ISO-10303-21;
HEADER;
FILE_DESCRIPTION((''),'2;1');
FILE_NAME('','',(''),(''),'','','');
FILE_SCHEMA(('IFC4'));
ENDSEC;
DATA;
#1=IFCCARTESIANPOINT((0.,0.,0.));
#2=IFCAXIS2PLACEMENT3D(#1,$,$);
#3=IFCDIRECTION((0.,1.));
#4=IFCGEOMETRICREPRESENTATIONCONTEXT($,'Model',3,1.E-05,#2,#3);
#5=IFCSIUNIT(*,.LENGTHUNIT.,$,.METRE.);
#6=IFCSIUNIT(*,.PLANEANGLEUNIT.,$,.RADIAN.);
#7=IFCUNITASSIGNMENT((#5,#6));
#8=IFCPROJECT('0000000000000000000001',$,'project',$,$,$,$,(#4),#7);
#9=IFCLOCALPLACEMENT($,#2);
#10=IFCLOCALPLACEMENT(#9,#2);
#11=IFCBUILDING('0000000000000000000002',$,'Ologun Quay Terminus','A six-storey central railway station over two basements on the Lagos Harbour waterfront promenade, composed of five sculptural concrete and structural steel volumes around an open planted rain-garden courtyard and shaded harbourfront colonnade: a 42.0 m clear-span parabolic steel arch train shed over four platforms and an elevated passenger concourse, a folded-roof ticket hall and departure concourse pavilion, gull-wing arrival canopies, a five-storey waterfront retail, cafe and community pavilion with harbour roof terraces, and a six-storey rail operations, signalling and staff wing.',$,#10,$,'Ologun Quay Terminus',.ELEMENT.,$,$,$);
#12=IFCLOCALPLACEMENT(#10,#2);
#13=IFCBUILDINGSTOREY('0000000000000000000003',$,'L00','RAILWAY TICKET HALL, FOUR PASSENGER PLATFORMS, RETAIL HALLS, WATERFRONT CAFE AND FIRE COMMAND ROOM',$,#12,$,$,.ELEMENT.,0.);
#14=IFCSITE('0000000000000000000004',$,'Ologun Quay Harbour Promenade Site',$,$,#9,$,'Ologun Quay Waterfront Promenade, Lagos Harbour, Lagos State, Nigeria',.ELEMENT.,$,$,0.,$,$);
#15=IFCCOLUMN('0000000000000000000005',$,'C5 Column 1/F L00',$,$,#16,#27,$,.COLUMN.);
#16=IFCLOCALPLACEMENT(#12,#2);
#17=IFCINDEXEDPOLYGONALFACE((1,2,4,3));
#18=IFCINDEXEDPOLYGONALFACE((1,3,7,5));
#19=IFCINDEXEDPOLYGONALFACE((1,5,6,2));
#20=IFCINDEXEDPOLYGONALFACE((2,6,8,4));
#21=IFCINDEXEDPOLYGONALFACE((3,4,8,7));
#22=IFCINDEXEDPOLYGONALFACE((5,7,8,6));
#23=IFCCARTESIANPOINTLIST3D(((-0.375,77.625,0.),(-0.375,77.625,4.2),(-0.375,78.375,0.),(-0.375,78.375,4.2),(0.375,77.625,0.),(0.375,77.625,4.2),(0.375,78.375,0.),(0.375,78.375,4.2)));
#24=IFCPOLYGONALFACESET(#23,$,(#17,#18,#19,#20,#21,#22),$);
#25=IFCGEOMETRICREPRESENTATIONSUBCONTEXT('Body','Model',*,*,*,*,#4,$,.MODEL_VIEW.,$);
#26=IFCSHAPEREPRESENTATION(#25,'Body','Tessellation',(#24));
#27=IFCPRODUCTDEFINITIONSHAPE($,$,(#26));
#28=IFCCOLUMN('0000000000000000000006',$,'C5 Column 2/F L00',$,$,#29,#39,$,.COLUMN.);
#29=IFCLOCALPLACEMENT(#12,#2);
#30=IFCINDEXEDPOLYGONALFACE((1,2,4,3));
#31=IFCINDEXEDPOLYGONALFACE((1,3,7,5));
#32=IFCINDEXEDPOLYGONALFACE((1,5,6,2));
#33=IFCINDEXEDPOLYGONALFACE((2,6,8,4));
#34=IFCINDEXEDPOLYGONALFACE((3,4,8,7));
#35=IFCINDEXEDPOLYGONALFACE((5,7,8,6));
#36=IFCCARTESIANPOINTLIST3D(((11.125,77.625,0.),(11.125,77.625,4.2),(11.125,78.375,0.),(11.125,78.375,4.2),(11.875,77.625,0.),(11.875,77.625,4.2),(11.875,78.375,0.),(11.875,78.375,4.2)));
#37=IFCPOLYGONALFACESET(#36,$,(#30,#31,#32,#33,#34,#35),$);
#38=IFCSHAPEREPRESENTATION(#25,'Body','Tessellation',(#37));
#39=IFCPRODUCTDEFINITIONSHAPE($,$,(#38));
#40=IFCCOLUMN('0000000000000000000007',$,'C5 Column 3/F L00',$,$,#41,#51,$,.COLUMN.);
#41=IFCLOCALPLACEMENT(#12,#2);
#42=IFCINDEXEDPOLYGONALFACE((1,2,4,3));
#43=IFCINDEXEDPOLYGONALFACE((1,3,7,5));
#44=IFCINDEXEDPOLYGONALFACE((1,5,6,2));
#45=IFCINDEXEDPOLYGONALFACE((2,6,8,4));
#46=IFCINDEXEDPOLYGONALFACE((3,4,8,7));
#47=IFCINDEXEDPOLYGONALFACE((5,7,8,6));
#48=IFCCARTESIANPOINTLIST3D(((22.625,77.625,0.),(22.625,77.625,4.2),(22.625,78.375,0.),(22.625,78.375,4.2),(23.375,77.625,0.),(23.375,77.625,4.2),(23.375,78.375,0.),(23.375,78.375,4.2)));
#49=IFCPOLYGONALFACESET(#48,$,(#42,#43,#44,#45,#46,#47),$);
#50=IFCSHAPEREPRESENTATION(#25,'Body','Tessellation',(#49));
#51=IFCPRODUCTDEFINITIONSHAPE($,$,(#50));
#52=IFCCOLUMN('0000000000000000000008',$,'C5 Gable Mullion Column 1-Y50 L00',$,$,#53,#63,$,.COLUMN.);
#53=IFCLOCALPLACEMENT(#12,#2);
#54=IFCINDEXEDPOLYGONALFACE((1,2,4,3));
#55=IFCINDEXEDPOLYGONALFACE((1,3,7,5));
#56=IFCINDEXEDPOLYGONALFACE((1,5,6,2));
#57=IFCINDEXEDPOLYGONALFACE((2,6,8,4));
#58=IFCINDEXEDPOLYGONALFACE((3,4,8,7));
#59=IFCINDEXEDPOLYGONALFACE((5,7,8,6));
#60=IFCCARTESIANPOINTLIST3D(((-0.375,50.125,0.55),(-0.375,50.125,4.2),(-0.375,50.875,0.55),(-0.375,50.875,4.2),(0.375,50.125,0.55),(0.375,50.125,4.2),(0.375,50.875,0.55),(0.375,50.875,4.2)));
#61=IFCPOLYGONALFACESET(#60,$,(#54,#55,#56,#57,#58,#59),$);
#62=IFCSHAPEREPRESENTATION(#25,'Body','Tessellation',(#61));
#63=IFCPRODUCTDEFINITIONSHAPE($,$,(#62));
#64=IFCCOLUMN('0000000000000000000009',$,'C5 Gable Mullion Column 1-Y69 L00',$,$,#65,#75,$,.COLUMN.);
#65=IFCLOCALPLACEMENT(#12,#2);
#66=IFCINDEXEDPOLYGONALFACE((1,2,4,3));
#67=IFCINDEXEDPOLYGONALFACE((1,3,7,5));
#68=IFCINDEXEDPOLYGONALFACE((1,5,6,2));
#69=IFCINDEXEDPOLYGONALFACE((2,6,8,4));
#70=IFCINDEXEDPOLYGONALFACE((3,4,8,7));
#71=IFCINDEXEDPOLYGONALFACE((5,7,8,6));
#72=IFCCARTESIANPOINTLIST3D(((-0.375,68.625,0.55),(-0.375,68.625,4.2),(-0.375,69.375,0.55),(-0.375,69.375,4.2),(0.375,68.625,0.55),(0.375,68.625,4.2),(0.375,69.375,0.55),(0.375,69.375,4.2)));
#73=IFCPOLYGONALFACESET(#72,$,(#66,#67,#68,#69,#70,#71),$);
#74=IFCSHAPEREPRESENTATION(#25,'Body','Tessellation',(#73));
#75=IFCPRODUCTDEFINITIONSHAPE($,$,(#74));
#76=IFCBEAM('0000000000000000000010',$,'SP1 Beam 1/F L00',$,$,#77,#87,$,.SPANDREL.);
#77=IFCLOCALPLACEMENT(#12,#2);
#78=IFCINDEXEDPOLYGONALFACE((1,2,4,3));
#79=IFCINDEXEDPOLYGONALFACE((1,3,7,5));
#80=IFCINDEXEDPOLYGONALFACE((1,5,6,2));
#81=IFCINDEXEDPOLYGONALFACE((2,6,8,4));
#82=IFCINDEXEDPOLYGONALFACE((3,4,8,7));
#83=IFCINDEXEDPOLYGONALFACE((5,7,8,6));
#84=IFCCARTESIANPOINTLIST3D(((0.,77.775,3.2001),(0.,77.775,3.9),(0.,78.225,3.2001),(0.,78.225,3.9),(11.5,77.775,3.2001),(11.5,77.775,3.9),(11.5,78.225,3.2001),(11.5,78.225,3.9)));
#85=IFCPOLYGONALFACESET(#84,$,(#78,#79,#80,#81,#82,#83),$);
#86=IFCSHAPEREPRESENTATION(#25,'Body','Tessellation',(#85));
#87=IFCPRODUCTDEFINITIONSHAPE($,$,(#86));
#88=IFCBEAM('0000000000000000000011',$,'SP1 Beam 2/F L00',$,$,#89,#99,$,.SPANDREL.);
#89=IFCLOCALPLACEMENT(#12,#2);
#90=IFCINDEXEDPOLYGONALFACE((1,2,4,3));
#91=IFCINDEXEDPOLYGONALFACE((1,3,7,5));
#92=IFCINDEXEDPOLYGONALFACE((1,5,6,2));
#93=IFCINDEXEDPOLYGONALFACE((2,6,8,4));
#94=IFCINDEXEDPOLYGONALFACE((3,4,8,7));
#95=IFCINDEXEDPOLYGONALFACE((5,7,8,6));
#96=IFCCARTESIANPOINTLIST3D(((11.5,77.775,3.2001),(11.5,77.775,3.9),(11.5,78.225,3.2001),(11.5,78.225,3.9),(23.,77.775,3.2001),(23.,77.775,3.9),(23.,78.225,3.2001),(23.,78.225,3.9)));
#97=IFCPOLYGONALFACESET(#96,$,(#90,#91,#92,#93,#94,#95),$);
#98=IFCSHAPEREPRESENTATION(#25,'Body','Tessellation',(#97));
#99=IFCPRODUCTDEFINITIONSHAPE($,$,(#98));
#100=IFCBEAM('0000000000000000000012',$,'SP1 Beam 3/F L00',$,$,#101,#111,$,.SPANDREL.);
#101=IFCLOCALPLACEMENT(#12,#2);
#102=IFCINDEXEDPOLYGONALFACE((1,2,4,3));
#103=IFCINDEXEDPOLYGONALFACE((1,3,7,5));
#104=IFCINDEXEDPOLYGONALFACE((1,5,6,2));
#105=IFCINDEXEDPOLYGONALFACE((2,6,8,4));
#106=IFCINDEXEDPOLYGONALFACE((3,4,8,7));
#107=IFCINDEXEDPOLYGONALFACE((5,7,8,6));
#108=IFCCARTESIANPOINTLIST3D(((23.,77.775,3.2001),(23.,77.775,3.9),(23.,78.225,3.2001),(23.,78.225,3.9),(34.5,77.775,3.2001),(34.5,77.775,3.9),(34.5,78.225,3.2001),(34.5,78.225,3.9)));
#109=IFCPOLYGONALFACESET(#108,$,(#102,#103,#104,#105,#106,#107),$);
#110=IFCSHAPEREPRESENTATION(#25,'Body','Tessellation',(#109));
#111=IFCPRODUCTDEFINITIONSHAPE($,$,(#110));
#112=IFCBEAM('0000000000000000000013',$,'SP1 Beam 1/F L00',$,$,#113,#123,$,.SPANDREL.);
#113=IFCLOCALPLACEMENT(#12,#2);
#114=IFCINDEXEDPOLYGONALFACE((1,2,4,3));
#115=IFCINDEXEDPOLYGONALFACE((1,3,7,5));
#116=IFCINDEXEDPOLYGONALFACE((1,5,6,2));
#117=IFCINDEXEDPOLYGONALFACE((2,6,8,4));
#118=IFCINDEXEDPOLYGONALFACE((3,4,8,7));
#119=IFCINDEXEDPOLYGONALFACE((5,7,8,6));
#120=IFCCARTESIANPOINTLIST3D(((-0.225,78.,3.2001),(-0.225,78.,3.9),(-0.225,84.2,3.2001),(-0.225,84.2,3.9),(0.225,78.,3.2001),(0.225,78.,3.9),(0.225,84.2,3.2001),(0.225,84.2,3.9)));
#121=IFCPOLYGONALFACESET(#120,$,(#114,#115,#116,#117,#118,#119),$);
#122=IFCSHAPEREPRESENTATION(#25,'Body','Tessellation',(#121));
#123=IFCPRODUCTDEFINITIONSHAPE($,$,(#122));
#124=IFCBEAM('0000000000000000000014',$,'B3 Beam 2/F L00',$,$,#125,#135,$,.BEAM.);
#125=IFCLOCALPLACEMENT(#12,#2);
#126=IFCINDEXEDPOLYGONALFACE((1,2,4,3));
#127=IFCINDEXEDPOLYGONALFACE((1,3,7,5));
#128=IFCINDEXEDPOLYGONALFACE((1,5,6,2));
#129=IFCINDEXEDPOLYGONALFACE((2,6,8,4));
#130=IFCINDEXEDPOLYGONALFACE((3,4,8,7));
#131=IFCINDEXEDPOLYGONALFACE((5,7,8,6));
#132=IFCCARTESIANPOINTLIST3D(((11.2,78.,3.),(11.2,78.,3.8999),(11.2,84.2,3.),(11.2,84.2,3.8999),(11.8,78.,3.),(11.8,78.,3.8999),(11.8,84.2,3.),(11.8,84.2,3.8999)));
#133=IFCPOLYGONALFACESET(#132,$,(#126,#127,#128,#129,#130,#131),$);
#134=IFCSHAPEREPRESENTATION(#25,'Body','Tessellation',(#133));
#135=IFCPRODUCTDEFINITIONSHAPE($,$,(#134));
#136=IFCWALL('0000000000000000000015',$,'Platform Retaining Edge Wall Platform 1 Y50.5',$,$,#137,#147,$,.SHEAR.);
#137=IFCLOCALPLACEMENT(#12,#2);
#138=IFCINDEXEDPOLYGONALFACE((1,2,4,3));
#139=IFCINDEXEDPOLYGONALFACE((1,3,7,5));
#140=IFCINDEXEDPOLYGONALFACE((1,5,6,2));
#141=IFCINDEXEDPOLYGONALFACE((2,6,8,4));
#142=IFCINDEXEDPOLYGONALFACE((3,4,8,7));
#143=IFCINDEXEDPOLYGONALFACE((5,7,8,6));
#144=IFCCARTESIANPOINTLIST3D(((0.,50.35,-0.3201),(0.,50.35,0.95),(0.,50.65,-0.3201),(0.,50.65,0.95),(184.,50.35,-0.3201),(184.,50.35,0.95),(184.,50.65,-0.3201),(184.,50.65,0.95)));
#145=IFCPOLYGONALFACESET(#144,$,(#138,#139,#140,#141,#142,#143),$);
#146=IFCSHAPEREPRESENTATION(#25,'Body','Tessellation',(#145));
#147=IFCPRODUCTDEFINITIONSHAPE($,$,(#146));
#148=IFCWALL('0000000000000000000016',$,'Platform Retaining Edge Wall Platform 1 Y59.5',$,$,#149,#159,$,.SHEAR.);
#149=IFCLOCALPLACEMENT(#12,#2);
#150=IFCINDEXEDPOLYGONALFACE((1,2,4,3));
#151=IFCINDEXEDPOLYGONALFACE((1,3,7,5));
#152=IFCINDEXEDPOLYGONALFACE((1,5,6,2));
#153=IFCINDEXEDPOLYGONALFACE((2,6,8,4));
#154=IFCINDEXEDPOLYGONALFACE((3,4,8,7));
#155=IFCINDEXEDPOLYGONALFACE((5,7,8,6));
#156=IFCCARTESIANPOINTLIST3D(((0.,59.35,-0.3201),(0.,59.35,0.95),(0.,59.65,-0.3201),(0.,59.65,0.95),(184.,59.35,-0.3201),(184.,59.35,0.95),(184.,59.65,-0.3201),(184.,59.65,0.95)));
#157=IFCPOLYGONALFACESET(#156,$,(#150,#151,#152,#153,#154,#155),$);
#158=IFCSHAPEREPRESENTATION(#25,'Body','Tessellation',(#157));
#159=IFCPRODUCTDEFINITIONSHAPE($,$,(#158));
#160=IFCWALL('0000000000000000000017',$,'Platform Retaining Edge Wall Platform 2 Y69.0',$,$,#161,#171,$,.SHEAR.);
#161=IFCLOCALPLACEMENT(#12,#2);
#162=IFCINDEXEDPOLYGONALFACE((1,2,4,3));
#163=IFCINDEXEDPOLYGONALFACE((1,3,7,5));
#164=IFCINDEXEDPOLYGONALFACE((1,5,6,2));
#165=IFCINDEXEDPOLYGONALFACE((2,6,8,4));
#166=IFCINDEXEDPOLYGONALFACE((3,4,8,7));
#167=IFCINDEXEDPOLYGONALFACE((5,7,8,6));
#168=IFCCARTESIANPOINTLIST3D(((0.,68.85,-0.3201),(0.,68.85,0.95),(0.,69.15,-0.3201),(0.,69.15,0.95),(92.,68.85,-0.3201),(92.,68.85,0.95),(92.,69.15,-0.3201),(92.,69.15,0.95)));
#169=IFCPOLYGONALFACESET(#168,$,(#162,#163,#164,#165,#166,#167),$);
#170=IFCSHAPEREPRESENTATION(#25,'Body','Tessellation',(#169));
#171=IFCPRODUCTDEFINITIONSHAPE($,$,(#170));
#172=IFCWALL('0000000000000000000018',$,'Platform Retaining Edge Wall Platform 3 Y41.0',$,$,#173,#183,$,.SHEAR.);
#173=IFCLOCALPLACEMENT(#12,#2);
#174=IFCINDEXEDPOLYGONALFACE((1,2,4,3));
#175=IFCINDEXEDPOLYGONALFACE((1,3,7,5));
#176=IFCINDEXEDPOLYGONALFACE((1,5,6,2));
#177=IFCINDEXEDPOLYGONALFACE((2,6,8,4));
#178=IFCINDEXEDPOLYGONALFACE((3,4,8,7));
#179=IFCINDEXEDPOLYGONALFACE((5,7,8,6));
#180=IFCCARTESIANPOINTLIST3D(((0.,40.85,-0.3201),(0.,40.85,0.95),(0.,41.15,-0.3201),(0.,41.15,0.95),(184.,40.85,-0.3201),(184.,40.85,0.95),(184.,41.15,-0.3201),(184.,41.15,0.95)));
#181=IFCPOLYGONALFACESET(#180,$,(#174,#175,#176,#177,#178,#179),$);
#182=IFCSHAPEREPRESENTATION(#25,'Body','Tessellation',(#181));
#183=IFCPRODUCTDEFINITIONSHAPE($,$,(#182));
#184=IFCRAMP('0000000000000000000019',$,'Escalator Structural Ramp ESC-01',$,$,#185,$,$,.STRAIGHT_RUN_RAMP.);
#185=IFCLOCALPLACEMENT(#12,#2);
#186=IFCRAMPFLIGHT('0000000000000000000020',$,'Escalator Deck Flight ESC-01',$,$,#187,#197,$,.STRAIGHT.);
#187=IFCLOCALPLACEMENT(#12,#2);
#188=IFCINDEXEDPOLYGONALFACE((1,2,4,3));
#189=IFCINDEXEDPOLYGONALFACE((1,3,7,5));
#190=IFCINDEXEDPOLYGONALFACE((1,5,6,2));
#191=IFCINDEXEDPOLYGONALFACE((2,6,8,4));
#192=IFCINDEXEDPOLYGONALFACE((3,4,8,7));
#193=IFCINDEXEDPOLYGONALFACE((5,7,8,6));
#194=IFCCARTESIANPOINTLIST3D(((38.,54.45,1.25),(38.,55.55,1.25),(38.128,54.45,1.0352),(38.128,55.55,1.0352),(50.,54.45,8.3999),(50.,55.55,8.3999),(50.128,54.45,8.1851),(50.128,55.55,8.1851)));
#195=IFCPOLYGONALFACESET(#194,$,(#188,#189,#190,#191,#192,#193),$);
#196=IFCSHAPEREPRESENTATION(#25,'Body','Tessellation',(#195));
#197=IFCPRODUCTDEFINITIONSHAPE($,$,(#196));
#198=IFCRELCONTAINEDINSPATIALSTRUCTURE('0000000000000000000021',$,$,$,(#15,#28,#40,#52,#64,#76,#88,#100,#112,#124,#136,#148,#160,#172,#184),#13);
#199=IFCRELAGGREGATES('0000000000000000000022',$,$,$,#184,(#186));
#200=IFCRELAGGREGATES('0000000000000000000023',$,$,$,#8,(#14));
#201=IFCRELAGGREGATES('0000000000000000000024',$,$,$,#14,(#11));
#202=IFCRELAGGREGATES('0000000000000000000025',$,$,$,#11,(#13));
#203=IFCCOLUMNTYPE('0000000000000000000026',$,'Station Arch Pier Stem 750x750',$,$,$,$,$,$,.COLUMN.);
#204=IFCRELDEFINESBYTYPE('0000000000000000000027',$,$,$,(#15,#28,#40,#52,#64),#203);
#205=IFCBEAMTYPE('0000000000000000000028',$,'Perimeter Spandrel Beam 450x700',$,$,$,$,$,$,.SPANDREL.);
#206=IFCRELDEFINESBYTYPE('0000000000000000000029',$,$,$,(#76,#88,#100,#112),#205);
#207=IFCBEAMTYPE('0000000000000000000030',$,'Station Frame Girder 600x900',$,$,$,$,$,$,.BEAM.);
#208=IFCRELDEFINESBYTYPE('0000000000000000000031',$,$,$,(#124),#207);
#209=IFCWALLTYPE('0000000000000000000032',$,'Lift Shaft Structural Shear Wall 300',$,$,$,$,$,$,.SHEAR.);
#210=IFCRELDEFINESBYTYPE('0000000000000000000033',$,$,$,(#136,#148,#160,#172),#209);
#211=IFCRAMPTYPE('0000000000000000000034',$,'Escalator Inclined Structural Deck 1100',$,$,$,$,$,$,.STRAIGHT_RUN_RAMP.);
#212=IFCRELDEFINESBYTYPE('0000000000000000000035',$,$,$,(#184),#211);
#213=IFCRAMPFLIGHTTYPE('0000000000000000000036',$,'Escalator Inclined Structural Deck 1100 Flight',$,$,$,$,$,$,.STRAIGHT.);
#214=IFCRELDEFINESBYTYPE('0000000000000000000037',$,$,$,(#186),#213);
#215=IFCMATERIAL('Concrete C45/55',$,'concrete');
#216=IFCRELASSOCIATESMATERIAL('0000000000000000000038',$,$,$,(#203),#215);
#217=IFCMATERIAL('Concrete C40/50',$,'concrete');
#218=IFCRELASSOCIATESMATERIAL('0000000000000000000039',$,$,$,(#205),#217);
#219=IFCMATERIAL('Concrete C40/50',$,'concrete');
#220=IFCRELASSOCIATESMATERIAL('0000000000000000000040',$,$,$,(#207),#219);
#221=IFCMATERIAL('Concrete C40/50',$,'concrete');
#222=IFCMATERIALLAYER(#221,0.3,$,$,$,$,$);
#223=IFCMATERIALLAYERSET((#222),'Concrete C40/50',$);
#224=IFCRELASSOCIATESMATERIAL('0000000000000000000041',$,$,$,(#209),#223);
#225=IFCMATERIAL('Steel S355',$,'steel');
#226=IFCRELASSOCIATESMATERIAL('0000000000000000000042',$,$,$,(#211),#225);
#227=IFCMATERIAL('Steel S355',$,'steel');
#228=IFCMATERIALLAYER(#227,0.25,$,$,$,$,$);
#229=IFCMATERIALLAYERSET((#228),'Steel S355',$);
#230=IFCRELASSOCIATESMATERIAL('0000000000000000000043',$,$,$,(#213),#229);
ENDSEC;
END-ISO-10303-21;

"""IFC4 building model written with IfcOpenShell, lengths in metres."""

from ifc_helpers import new_model, si_unit, direction, frame, frame_2d, origin, origin_2d, place, context, subcontext, project, spatial, polyline, rectangle, outline, extrude, material, layer, layer_set, material_profile, profile_set, type_object, element, aggregate, save


model = new_model("IFC4")

# Units and contexts
model_context = context("Model", 3, precision=1e-05, world=origin(), true_north=direction((0.0, 1.0)))
body_context = subcontext(model_context, "Body", "Model", "MODEL_VIEW")
ifc_project = project(units=[si_unit("LENGTHUNIT", "METRE"), si_unit("PLANEANGLEUNIT", "RADIAN")], contexts=[model_context])

# Site, building, storey
site_placement = place(None, origin())
site = spatial("IfcSite", under=ifc_project, at=site_placement, Name="Ologun Quay Harbour Promenade Site", LongName="Ologun Quay Waterfront Promenade, Lagos Harbour, Lagos State, Nigeria", CompositionType="ELEMENT", RefElevation=0.0)
building_placement = place(site_placement, origin())
building = spatial("IfcBuilding", under=site, at=building_placement, Name="Ologun Quay Terminus", Description="A six-storey central railway station over two basements on the Lagos Harbour waterfront promenade, composed of five sculptural concrete and structural steel volumes around an open planted rain-garden courtyard and shaded harbourfront colonnade: a 42.0 m clear-span parabolic steel arch train shed over four platforms and an elevated passenger concourse, a folded-roof ticket hall and departure concourse pavilion, gull-wing arrival canopies, a five-storey waterfront retail, cafe and community pavilion with harbour roof terraces, and a six-storey rail operations, signalling and staff wing.", LongName="Ologun Quay Terminus", CompositionType="ELEMENT")
storey_placement = place(building_placement, origin())
storey = spatial("IfcBuildingStorey", under=building, at=storey_placement, Name="L00", Description="RAILWAY TICKET HALL, FOUR PASSENGER PLATFORMS, RETAIL HALLS, WATERFRONT CAFE AND FIRE COMMAND ROOM", CompositionType="ELEMENT", Elevation=0.0)

# Columns
ifc_material_1 = material(Name="Concrete C45/55", Category="concrete")
ifc_material_profile_1 = material_profile(ifc_material_1, rectangle(XDim=0.75, YDim=0.75, at=origin_2d()), Name="RC 750x750")
ifc_profile_set_1 = profile_set([ifc_material_profile_1], Name="Concrete C45/55")
column_type = type_object("IfcColumnType", Name="Station Arch Pier Stem 750x750", PredefinedType="COLUMN", material=ifc_profile_set_1)
for number, where, z_axis, x_axis, name in (
    (1, (0.0, 78.0, 0.0), (0.0, 0.0, 1.0), (1.0, 0.0, 0.0), "C5 Column 1/F L00"),
    (2, (11.5, 78.0, 0.0), (0.0, 0.0, 1.0), (1.0, 0.0, 0.0), "C5 Column 2/F L00"),
    (3, (23.0, 78.0, 0.0), (0.0, 0.0, 1.0), (1.0, 0.0, 0.0), "C5 Column 3/F L00"),
):
    element("IfcColumn", number, at=place(storey_placement, frame(where, z_axis=z_axis, x_axis=x_axis)), inside=storey, type_object=column_type, Name=name, PredefinedType="COLUMN", context=body_context, shape_type="SweptSolid", body=[
        extrude(rectangle(XDim=0.75, YDim=0.75, at=origin_2d()), origin(), (0.0, 0.0, 1.0), 4.2),
    ])
for number, where, z_axis, x_axis, name in (
    (4, (0.0, 50.5, 0.55), (0.0, 0.0, 1.0), (1.0, 0.0, 0.0), "C5 Gable Mullion Column 1-Y50 L00"),
    (5, (0.0, 69.0, 0.55), (0.0, 0.0, 1.0), (1.0, 0.0, 0.0), "C5 Gable Mullion Column 1-Y69 L00"),
):
    element("IfcColumn", number, at=place(storey_placement, frame(where, z_axis=z_axis, x_axis=x_axis)), inside=storey, type_object=column_type, Name=name, PredefinedType="COLUMN", context=body_context, shape_type="SweptSolid", body=[
        extrude(rectangle(XDim=0.75, YDim=0.75, at=origin_2d()), origin(), (0.0, 0.0, 1.0), 3.6499),
    ])

# Beams
ifc_material_2 = material(Name="Concrete C40/50", Category="concrete")
ifc_material_profile_2 = material_profile(ifc_material_2, rectangle(XDim=0.45, YDim=0.7, at=origin_2d()), Name="RC 450x700")
ifc_profile_set_2 = profile_set([ifc_material_profile_2], Name="Concrete C40/50")
beam_type_1 = type_object("IfcBeamType", Name="Perimeter Spandrel Beam 450x700", PredefinedType="SPANDREL", material=ifc_profile_set_2)
for number, where, z_axis, x_axis, name in (
    (6, (0.0, 78.0, 3.55), (1.0, 0.0, 0.0), (0.0, 1.0, 0.0), "SP1 Beam 1/F L00"),
    (7, (11.5, 78.0, 3.55), (1.0, 0.0, 0.0), (0.0, 1.0, 0.0), "SP1 Beam 2/F L00"),
    (8, (23.0, 78.0, 3.55), (1.0, 0.0, 0.0), (0.0, 1.0, 0.0), "SP1 Beam 3/F L00"),
):
    element("IfcBeam", number, at=place(storey_placement, frame(where, z_axis=z_axis, x_axis=x_axis)), inside=storey, type_object=beam_type_1, Name=name, PredefinedType="SPANDREL", context=body_context, shape_type="SweptSolid", body=[
        extrude(rectangle(XDim=0.45, YDim=0.7, at=origin_2d()), origin(), (0.0, 0.0, 1.0), 11.5),
    ])
beam_1_placement = place(storey_placement, frame((0.0, 78.0, 3.55), z_axis=(0.0, 1.0, 0.0), x_axis=(-1.0, 0.0, 0.0)))
element("IfcBeam", 9, at=beam_1_placement, inside=storey, type_object=beam_type_1, Name="SP1 Beam 1/F L00", PredefinedType="SPANDREL", context=body_context, shape_type="SweptSolid", body=[
    extrude(rectangle(XDim=0.45, YDim=0.7, at=origin_2d()), origin(), (0.0, 0.0, 1.0), 6.2),
])
ifc_material_3 = material(Name="Concrete C40/50", Category="concrete")
ifc_material_profile_3 = material_profile(ifc_material_3, rectangle(XDim=0.6001, YDim=0.8999, at=origin_2d()), Name="RC 600x900")
ifc_profile_set_3 = profile_set([ifc_material_profile_3], Name="Concrete C40/50")
beam_type_2 = type_object("IfcBeamType", Name="Station Frame Girder 600x900", PredefinedType="BEAM", material=ifc_profile_set_3)
beam_2_placement = place(storey_placement, frame((11.5, 78.0, 3.45), z_axis=(0.0, 1.0, 0.0), x_axis=(-1.0, 0.0, 0.0)))
element("IfcBeam", 10, at=beam_2_placement, inside=storey, type_object=beam_type_2, Name="B3 Beam 2/F L00", PredefinedType="BEAM", context=body_context, shape_type="SweptSolid", body=[
    extrude(rectangle(XDim=0.6001, YDim=0.8999, at=origin_2d()), origin(), (0.0, 0.0, 1.0), 6.2),
])

# Walls
ifc_material_4 = material(Name="Concrete C40/50", Category="concrete")
ifc_layer_1 = layer(ifc_material_4, 0.3)
ifc_layer_set_1 = layer_set([ifc_layer_1], Name="Concrete C40/50")
wall_type = type_object("IfcWallType", Name="Lift Shaft Structural Shear Wall 300", PredefinedType="SHEAR", material=ifc_layer_set_1)
for number, where, z_axis, x_axis, name in (
    (11, (0.0, 50.5, -0.3201), (0.0, 0.0, 1.0), (1.0, 0.0, 0.0), "Platform Retaining Edge Wall Platform 1 Y50.5"),
    (12, (0.0, 59.5, -0.3201), (0.0, 0.0, 1.0), (1.0, 0.0, 0.0), "Platform Retaining Edge Wall Platform 1 Y59.5"),
):
    element("IfcWall", number, at=place(storey_placement, frame(where, z_axis=z_axis, x_axis=x_axis)), inside=storey, type_object=wall_type, Name=name, PredefinedType="SHEAR", context=body_context, shape_type="SweptSolid", body=[
        extrude(rectangle(XDim=184.0, YDim=0.3, at=frame_2d((92.0, 0.0))), origin(), (0.0, 0.0, 1.0), 1.27),
    ])
wall_1_placement = place(storey_placement, frame((0.0, 69.0, -0.3201), z_axis=(0.0, 0.0, 1.0), x_axis=(1.0, 0.0, 0.0)))
element("IfcWall", 13, at=wall_1_placement, inside=storey, type_object=wall_type, Name="Platform Retaining Edge Wall Platform 2 Y69.0", PredefinedType="SHEAR", context=body_context, shape_type="SweptSolid", body=[
    extrude(rectangle(XDim=92.0, YDim=0.3, at=frame_2d((46.0, 0.0))), origin(), (0.0, 0.0, 1.0), 1.27),
])
wall_2_placement = place(storey_placement, frame((0.0, 41.0, -0.3201), z_axis=(0.0, 0.0, 1.0), x_axis=(1.0, 0.0, 0.0)))
element("IfcWall", 14, at=wall_2_placement, inside=storey, type_object=wall_type, Name="Platform Retaining Edge Wall Platform 3 Y41.0", PredefinedType="SHEAR", context=body_context, shape_type="SweptSolid", body=[
    extrude(rectangle(XDim=184.0, YDim=0.3, at=frame_2d((92.0, 0.0))), origin(), (0.0, 0.0, 1.0), 1.27),
])

# Ramp, ramp flight
ifc_material_5 = material(Name="Steel S355", Category="steel")
ramp_type = type_object("IfcRampType", Name="Escalator Inclined Structural Deck 1100", PredefinedType="STRAIGHT_RUN_RAMP", material=ifc_material_5)
ramp_1_placement = place(storey_placement, origin())
ramp_1 = element("IfcRamp", 15, at=ramp_1_placement, inside=storey, type_object=ramp_type, Name="Escalator Structural Ramp ESC-01", PredefinedType="STRAIGHT_RUN_RAMP")
ifc_material_6 = material(Name="Steel S355", Category="steel")
ifc_layer_2 = layer(ifc_material_6, 0.25)
ifc_layer_set_2 = layer_set([ifc_layer_2], Name="Steel S355")
ramp_flight_type = type_object("IfcRampFlightType", Name="Escalator Inclined Structural Deck 1100 Flight", PredefinedType="STRAIGHT", material=ifc_layer_set_2)
ramp_flight_1_placement = place(storey_placement, frame((38.0, 54.45, 1.25), z_axis=(-0.511856, 0.0, 0.859071), x_axis=(0.859071, 0.0, 0.511856)))
ramp_flight_1 = element("IfcRampFlight", 16, at=ramp_flight_1_placement, type_object=ramp_flight_type, Name="Escalator Deck Flight ESC-01", PredefinedType="STRAIGHT", context=body_context, shape_type="SweptSolid", body=[
    extrude(outline(polyline([(0.0, 0.0), (13.9686, 0.0), (13.9686, 1.1001), (0.0, 1.1001), (0.0, 0.0)])), origin(), (0.0, 0.0, -1.0), 0.25),
])
aggregate(ramp_1, [ramp_flight_1])

save(model, "model.ifc")
